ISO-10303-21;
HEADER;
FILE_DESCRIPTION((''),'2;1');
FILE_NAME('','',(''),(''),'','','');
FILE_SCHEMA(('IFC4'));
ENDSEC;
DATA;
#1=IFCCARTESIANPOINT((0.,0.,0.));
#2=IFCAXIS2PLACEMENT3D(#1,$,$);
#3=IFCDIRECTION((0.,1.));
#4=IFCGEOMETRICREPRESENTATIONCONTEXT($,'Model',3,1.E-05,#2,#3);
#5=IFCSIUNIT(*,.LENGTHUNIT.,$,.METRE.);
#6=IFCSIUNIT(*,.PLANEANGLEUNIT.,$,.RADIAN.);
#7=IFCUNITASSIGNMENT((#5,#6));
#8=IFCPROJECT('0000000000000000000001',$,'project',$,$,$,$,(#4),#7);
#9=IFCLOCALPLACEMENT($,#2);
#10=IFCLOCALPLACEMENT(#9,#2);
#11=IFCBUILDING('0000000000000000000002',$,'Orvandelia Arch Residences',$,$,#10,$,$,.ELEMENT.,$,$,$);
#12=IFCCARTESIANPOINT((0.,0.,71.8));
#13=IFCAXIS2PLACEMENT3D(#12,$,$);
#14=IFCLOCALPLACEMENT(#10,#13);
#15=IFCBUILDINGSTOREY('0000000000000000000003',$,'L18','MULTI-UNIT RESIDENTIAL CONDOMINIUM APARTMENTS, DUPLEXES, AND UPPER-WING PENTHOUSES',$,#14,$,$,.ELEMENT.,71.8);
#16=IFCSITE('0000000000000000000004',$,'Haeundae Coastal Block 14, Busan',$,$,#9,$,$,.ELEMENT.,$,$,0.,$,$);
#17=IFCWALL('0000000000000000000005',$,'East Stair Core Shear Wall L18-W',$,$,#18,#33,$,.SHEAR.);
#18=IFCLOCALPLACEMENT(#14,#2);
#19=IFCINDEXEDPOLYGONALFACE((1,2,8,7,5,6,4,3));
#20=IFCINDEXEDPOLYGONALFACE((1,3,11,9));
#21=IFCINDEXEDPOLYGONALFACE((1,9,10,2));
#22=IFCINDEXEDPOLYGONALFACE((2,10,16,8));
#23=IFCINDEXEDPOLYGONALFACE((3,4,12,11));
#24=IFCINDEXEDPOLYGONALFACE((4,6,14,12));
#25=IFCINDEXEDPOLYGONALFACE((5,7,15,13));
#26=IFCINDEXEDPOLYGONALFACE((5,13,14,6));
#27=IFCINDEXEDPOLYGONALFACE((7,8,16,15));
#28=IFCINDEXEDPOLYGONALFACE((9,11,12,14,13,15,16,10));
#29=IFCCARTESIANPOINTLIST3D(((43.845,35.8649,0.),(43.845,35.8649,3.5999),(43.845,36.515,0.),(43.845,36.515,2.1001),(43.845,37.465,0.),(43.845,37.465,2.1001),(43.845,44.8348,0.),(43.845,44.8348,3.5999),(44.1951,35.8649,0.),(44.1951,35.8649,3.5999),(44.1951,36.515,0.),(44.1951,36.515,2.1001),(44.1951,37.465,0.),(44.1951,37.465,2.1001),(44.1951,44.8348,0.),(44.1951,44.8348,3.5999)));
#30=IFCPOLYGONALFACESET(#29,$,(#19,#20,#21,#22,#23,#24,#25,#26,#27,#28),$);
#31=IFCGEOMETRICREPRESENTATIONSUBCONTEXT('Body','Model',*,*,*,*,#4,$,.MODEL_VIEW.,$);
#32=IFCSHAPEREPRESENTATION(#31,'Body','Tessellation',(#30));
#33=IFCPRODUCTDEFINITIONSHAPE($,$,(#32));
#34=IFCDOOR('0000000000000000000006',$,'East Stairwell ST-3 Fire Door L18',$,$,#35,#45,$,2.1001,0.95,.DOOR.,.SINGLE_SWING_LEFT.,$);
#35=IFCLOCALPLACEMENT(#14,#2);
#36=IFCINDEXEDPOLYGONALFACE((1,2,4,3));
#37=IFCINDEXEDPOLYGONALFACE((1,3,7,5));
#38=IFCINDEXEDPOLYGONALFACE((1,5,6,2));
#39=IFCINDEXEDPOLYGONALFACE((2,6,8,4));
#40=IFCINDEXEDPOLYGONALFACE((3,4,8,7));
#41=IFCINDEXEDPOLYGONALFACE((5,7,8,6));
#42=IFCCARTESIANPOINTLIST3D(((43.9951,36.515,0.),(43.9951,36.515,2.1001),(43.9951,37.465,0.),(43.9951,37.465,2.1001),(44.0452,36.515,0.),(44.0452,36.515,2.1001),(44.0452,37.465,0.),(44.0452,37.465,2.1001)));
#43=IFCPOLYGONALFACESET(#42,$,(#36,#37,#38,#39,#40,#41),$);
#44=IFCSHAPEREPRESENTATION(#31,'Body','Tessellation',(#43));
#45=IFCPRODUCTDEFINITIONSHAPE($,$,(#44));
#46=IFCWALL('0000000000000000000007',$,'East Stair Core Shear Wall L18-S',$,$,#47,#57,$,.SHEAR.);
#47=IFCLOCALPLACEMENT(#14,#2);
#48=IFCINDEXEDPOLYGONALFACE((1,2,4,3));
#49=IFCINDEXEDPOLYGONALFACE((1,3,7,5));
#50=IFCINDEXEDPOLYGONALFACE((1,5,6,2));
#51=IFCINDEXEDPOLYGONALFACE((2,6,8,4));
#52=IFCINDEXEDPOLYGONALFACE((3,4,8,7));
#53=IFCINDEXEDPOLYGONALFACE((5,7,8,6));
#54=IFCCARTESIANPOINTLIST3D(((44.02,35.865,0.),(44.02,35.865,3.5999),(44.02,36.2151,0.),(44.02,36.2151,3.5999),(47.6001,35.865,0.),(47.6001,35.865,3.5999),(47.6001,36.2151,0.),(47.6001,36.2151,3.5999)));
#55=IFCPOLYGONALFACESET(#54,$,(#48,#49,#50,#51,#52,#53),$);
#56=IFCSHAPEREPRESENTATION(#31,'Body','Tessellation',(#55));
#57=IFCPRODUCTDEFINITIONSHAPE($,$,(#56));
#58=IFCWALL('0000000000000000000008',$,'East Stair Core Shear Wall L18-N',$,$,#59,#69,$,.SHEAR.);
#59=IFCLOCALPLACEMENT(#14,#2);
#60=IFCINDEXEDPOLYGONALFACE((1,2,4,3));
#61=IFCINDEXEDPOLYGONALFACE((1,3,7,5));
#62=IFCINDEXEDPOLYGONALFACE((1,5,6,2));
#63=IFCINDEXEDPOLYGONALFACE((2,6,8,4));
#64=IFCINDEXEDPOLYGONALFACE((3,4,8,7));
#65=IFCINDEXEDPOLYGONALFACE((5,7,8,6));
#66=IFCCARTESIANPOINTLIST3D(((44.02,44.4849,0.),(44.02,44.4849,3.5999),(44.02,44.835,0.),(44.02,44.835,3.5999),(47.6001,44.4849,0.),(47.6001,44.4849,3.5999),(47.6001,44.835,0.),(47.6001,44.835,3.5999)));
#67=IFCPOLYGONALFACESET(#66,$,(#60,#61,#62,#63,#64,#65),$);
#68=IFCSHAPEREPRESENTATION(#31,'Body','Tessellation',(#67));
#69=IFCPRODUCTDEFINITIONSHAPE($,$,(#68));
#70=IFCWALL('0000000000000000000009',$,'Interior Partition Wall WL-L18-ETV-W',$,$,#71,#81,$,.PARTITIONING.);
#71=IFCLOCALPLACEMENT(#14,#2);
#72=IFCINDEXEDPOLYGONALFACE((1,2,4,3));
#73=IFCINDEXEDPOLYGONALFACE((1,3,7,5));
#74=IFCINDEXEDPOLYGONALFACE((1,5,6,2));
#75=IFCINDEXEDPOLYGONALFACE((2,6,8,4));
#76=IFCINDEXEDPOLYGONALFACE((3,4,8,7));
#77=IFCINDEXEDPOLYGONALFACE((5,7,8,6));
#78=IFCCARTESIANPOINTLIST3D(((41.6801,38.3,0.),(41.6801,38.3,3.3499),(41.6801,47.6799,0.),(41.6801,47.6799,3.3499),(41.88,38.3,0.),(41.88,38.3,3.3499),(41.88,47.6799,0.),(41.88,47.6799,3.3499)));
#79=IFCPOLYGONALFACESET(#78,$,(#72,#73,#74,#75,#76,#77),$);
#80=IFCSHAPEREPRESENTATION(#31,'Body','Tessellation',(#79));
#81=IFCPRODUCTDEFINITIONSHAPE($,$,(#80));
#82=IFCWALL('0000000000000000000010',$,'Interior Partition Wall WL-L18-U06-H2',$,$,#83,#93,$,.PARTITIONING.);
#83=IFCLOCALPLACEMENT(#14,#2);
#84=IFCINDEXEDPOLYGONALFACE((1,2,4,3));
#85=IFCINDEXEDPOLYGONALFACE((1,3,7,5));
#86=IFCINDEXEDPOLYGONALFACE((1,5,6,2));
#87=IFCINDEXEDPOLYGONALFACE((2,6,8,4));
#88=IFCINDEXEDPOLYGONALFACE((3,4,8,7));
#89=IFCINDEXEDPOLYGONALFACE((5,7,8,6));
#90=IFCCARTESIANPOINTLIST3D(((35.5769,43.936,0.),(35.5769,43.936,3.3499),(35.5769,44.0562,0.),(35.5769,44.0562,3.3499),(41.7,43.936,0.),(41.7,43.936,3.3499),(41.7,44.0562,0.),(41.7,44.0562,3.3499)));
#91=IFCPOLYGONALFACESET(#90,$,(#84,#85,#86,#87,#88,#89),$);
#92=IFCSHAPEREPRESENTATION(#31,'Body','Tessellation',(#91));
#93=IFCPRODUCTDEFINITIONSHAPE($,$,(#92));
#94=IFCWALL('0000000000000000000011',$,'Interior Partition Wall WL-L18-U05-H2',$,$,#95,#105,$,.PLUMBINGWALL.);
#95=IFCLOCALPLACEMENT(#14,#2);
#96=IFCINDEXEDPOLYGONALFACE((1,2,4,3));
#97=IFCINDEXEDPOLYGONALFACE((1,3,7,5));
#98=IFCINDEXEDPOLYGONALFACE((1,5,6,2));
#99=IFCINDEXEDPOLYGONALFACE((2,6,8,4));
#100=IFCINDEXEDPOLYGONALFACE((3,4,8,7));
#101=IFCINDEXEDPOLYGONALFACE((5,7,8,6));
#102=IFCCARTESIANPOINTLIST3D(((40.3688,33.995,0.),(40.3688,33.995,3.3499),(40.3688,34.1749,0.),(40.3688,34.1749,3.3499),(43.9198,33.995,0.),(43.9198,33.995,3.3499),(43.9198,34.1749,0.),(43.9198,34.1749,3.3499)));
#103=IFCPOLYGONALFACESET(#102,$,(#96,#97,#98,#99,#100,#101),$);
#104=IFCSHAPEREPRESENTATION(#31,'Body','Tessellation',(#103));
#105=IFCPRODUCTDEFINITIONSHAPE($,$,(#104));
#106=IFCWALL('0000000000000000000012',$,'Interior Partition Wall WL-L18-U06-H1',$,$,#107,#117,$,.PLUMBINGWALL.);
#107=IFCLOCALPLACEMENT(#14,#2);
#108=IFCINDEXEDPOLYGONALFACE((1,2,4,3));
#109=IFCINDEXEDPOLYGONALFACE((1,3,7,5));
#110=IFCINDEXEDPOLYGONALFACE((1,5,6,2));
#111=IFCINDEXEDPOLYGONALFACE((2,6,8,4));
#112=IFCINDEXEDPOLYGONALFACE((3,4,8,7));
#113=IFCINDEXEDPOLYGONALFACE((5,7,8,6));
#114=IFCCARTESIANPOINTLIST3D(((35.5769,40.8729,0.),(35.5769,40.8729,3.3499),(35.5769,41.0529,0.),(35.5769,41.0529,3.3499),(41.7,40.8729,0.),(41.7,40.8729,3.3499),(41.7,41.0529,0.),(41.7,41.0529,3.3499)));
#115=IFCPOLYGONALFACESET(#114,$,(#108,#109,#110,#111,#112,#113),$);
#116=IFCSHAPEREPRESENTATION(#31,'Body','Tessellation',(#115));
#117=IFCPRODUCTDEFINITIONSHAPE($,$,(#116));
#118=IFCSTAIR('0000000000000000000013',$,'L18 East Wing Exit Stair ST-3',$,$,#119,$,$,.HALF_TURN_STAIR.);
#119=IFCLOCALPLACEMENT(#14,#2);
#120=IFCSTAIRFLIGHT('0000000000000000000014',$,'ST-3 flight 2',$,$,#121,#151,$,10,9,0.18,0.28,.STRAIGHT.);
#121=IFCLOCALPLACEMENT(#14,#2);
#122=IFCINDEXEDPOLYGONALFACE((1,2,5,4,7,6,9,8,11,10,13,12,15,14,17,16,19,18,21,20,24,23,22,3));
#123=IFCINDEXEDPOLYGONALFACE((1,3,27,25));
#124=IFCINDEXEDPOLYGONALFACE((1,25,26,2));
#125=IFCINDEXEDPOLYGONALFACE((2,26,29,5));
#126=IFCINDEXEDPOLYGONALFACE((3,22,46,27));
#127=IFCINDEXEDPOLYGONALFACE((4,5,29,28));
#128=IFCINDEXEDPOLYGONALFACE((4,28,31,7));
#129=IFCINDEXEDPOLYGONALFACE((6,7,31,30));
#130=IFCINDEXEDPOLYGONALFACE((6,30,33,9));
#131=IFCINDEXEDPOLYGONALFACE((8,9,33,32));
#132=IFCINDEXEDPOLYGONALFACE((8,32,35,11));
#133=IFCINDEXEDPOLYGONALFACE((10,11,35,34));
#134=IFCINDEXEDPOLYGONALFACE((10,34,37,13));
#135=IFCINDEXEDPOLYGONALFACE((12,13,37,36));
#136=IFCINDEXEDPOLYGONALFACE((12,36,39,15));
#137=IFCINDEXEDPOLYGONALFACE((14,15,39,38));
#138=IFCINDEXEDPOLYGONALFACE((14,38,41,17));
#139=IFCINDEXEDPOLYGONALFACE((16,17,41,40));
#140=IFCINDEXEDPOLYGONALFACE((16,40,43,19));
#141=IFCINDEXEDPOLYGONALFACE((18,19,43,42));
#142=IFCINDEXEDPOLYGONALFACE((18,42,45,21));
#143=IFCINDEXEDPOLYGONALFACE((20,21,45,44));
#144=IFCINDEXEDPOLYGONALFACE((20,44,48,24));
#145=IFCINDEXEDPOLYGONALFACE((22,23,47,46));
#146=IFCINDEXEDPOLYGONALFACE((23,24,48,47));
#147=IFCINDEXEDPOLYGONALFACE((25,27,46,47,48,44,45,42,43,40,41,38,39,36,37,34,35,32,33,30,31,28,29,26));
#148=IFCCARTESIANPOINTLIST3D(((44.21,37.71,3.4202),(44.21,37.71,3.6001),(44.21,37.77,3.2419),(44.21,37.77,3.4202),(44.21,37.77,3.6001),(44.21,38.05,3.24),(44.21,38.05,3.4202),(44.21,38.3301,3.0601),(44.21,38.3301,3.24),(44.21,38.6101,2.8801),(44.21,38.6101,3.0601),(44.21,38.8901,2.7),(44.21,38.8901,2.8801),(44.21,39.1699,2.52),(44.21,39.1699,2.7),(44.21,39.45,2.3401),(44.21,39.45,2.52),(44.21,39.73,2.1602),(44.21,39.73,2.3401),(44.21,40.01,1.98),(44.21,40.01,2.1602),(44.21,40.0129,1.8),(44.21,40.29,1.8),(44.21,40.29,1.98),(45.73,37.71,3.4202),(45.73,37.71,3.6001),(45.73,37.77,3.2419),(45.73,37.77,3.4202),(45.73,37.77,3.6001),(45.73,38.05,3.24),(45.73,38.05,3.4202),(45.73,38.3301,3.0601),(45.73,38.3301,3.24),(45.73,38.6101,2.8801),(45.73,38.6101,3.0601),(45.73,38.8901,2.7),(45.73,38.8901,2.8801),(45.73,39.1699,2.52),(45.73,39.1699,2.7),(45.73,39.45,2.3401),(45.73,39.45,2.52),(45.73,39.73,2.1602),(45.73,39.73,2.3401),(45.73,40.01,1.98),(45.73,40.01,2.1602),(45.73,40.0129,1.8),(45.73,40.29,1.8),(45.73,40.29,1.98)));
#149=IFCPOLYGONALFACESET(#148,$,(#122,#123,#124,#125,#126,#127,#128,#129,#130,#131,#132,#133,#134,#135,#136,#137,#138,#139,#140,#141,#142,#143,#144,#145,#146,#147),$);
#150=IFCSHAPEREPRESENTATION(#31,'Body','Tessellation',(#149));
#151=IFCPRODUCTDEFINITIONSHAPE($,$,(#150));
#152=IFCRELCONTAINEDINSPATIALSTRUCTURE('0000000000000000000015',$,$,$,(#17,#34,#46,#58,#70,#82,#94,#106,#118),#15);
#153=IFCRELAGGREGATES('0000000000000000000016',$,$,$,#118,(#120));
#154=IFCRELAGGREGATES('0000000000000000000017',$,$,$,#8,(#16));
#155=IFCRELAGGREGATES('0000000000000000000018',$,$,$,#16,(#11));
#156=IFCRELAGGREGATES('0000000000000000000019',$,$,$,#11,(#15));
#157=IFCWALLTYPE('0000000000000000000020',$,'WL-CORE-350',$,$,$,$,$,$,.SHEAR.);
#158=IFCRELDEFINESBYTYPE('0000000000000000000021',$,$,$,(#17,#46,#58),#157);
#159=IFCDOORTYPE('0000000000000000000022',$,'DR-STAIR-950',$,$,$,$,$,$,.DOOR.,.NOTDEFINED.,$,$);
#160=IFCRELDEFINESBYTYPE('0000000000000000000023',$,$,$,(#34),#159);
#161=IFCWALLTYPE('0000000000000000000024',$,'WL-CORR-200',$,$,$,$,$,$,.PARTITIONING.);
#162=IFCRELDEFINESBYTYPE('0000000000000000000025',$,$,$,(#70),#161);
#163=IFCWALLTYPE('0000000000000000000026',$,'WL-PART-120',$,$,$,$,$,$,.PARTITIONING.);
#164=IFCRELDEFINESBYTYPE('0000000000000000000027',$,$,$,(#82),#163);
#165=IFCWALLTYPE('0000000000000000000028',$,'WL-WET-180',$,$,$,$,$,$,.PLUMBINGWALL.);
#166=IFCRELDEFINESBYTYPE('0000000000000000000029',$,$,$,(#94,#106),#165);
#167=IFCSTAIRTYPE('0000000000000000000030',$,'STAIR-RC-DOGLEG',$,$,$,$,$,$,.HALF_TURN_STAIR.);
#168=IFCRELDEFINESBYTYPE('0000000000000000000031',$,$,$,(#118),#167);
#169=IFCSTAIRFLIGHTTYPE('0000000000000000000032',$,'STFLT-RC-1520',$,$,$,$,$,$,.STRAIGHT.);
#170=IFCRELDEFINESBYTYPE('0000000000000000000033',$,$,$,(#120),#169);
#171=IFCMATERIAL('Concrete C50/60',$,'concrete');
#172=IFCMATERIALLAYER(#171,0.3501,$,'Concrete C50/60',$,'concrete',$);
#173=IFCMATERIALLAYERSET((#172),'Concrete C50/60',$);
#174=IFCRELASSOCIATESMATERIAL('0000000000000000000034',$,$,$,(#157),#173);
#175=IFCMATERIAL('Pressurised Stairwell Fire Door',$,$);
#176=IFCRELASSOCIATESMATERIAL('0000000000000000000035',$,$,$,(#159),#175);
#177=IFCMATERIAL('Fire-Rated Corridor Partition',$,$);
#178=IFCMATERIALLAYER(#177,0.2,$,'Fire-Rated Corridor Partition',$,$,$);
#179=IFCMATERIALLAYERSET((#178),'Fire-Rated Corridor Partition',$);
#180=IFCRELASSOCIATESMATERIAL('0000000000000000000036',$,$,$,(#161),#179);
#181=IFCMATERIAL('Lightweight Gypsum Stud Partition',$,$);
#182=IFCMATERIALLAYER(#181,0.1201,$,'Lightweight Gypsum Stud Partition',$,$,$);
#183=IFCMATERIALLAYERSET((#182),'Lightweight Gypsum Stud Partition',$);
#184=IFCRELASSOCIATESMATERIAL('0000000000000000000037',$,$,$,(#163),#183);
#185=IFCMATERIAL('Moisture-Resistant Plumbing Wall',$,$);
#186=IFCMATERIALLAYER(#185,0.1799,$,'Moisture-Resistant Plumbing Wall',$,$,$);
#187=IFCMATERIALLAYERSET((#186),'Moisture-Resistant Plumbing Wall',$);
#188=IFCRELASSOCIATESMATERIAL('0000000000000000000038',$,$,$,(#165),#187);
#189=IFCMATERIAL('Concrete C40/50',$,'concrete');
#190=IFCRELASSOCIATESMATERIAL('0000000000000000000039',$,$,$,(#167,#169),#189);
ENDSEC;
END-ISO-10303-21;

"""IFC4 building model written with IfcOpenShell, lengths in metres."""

from ifc_helpers import new_model, si_unit, direction, frame, frame_2d, origin, place, context, subcontext, project, spatial, polyline, rectangle, outline, extrude, material, layer, layer_set, type_object, element, fill, aggregate, save


model = new_model("IFC4")

# Units and contexts
model_context = context("Model", 3, precision=1e-05, world=origin(), true_north=direction((0.0, 1.0)))
body_context = subcontext(model_context, "Body", "Model", "MODEL_VIEW")
ifc_project = project(units=[si_unit("LENGTHUNIT", "METRE"), si_unit("PLANEANGLEUNIT", "RADIAN")], contexts=[model_context])

# Site, building, storey
site_placement = place(None, origin())
site = spatial("IfcSite", under=ifc_project, at=site_placement, Name="Haeundae Coastal Block 14, Busan", CompositionType="ELEMENT", RefElevation=0.0)
building_placement = place(site_placement, origin())
building = spatial("IfcBuilding", under=site, at=building_placement, Name="Orvandelia Arch Residences", CompositionType="ELEMENT")
storey_placement = place(building_placement, frame((0.0, 0.0, 71.8)))
storey = spatial("IfcBuildingStorey", under=building, at=storey_placement, Name="L18", Description="MULTI-UNIT RESIDENTIAL CONDOMINIUM APARTMENTS, DUPLEXES, AND UPPER-WING PENTHOUSES", CompositionType="ELEMENT", Elevation=71.8)

# Wall, opening, door
ifc_material_1 = material(Name="Concrete C50/60", Category="concrete")
ifc_layer_1 = layer(ifc_material_1, 0.3501, Name="Concrete C50/60", Category="concrete")
ifc_layer_set_1 = layer_set([ifc_layer_1], Name="Concrete C50/60")
wall_type_1 = type_object("IfcWallType", Name="WL-CORE-350", PredefinedType="SHEAR", material=ifc_layer_set_1)
wall_1_placement = place(storey_placement, frame((44.02, 35.865, 0.0), z_axis=(0.0, 0.0, 1.0), x_axis=(0.0, 1.0, 0.0)))
wall_1 = element("IfcWall", 1, at=wall_1_placement, inside=storey, type_object=wall_type_1, Name="East Stair Core Shear Wall L18-W", PredefinedType="SHEAR", context=body_context, shape_type="SweptSolid", body=[
    extrude(rectangle(XDim=8.97, YDim=0.3501, at=frame_2d((4.4849, 0.0))), origin(), (0.0, 0.0, 1.0), 3.5999),
])
opening_1_placement = place(wall_1_placement, frame((0.6499, 0.0, 0.0)))
opening_1 = element("IfcOpeningElement", 2, at=opening_1_placement, cuts=wall_1, PredefinedType="OPENING", context=body_context, shape_type="SweptSolid", body=[
    extrude(rectangle(XDim=0.95, YDim=2.1001, at=frame_2d((0.4751, 1.05))), frame((0.0, 0.1851, 0.0), z_axis=(0.0, -1.0, 0.0), x_axis=(1.0, 0.0, 0.0)), (0.0, 0.0, 1.0), 0.3701),
])
ifc_material_2 = material(Name="Pressurised Stairwell Fire Door")
door_type_1 = type_object("IfcDoorType", Name="DR-STAIR-950", OperationType="NOTDEFINED", PredefinedType="DOOR", material=ifc_material_2)
door_1_placement = place(opening_1_placement, origin())
door_1 = element("IfcDoor", 3, at=door_1_placement, inside=storey, type_object=door_type_1, Name="East Stairwell ST-3 Fire Door L18", OperationType="SINGLE_SWING_LEFT", OverallHeight=2.1001, OverallWidth=0.95, PredefinedType="DOOR", context=body_context, shape_type="SweptSolid", body=[
    extrude(rectangle(XDim=0.95, YDim=2.1001, at=frame_2d((0.4751, 1.05))), frame((0.0, 0.0249, 0.0), z_axis=(0.0, -1.0, 0.0), x_axis=(1.0, 0.0, 0.0)), (0.0, 0.0, 1.0), 0.05),
])
fill(opening_1, door_1)

# Walls
for number, where, z_axis, x_axis, name in (
    (4, (44.02, 36.04, 0.0), (0.0, 0.0, 1.0), (1.0, 0.0, 0.0), "East Stair Core Shear Wall L18-S"),
    (5, (44.02, 44.6599, 0.0), (0.0, 0.0, 1.0), (1.0, 0.0, 0.0), "East Stair Core Shear Wall L18-N"),
):
    element("IfcWall", number, at=place(storey_placement, frame(where, z_axis=z_axis, x_axis=x_axis)), inside=storey, type_object=wall_type_1, Name=name, PredefinedType="SHEAR", context=body_context, shape_type="SweptSolid", body=[
        extrude(rectangle(XDim=3.5801, YDim=0.3501, at=frame_2d((1.79, 0.0))), origin(), (0.0, 0.0, 1.0), 3.5999),
    ])
ifc_material_3 = material(Name="Fire-Rated Corridor Partition")
ifc_layer_2 = layer(ifc_material_3, 0.2, Name="Fire-Rated Corridor Partition")
ifc_layer_set_2 = layer_set([ifc_layer_2], Name="Fire-Rated Corridor Partition")
wall_type_2 = type_object("IfcWallType", Name="WL-CORR-200", PredefinedType="PARTITIONING", material=ifc_layer_set_2)
wall_2_placement = place(storey_placement, frame((41.78, 38.3, 0.0), z_axis=(0.0, 0.0, 1.0), x_axis=(0.0, 1.0, 0.0)))
element("IfcWall", 6, at=wall_2_placement, inside=storey, type_object=wall_type_2, Name="Interior Partition Wall WL-L18-ETV-W", PredefinedType="PARTITIONING", context=body_context, shape_type="SweptSolid", body=[
    extrude(rectangle(XDim=9.3799, YDim=0.2, at=frame_2d((4.6899, 0.0))), origin(), (0.0, 0.0, 1.0), 3.3499),
])
ifc_material_4 = material(Name="Lightweight Gypsum Stud Partition")
ifc_layer_3 = layer(ifc_material_4, 0.1201, Name="Lightweight Gypsum Stud Partition")
ifc_layer_set_3 = layer_set([ifc_layer_3], Name="Lightweight Gypsum Stud Partition")
wall_type_3 = type_object("IfcWallType", Name="WL-PART-120", PredefinedType="PARTITIONING", material=ifc_layer_set_3)
wall_3_placement = place(storey_placement, frame((35.5769, 43.9961, 0.0), z_axis=(0.0, 0.0, 1.0), x_axis=(1.0, 0.0, 0.0)))
element("IfcWall", 7, at=wall_3_placement, inside=storey, type_object=wall_type_3, Name="Interior Partition Wall WL-L18-U06-H2", PredefinedType="PARTITIONING", context=body_context, shape_type="SweptSolid", body=[
    extrude(rectangle(XDim=6.123, YDim=0.1201, at=frame_2d((3.0615, 0.0))), origin(), (0.0, 0.0, 1.0), 3.3499),
])
ifc_material_5 = material(Name="Moisture-Resistant Plumbing Wall")
ifc_layer_4 = layer(ifc_material_5, 0.1799, Name="Moisture-Resistant Plumbing Wall")
ifc_layer_set_4 = layer_set([ifc_layer_4], Name="Moisture-Resistant Plumbing Wall")
wall_type_4 = type_object("IfcWallType", Name="WL-WET-180", PredefinedType="PLUMBINGWALL", material=ifc_layer_set_4)
wall_4_placement = place(storey_placement, frame((40.3689, 34.085, 0.0), z_axis=(0.0, 0.0, 1.0), x_axis=(1.0, 0.0, 0.0)))
element("IfcWall", 8, at=wall_4_placement, inside=storey, type_object=wall_type_4, Name="Interior Partition Wall WL-L18-U05-H2", PredefinedType="PLUMBINGWALL", context=body_context, shape_type="SweptSolid", body=[
    extrude(rectangle(XDim=3.551, YDim=0.1799, at=frame_2d((1.7754, 0.0))), origin(), (0.0, 0.0, 1.0), 3.3499),
])

# Wall
wall_5_placement = place(storey_placement, frame((35.5769, 40.9629, 0.0), z_axis=(0.0, 0.0, 1.0), x_axis=(1.0, 0.0, 0.0)))
element("IfcWall", 9, at=wall_5_placement, inside=storey, type_object=wall_type_4, Name="Interior Partition Wall WL-L18-U06-H1", PredefinedType="PLUMBINGWALL", context=body_context, shape_type="SweptSolid", body=[
    extrude(rectangle(XDim=6.123, YDim=0.1799, at=frame_2d((3.0615, 0.0))), origin(), (0.0, 0.0, 1.0), 3.3499),
])

# Stair, stair flight
ifc_material_6 = material(Name="Concrete C40/50", Category="concrete")
stair_type = type_object("IfcStairType", Name="STAIR-RC-DOGLEG", PredefinedType="HALF_TURN_STAIR", material=ifc_material_6)
stair_placement = place(storey_placement, origin())
stair = element("IfcStair", 10, at=stair_placement, inside=storey, type_object=stair_type, Name="L18 East Wing Exit Stair ST-3", PredefinedType="HALF_TURN_STAIR")
stair_flight_type = type_object("IfcStairFlightType", Name="STFLT-RC-1520", PredefinedType="STRAIGHT", material=ifc_material_6)
stair_flight_placement = place(storey_placement, frame((44.97, 40.29, 1.8), z_axis=(0.0, 0.0, 1.0), x_axis=(0.0, -1.0, 0.0)))
stair_flight = element("IfcStairFlight", 11, at=stair_flight_placement, type_object=stair_flight_type, Name="ST-3 flight 2", NumberOfRisers=10, NumberOfTreads=9, PredefinedType="STRAIGHT", RiserHeight=0.18, TreadLength=0.28, context=body_context, shape_type="SweptSolid", body=[
    extrude(outline(polyline([(0.0, 0.0), (0.0, 0.1799), (0.28, 0.1799), (0.28, 0.3601), (0.5601, 0.3601), (0.5601, 0.54), (0.8401, 0.54), (0.8401, 0.72), (1.1201, 0.72), (1.1201, 0.8999), (1.3999, 0.8999), (1.3999, 1.0801), (1.6799, 1.0801), (1.6799, 1.26), (1.96, 1.26), (1.96, 1.4399), (2.24, 1.4399), (2.24, 1.6201), (2.52, 1.6201), (2.52, 1.8), (2.5801, 1.8), (2.5801, 1.6201), (2.52, 1.4419), (0.2771, 0.0), (0.0, 0.0)])), frame((0.0, 0.76, 0.0), z_axis=(0.0, -1.0, 0.0), x_axis=(1.0, 0.0, 0.0)), (0.0, 0.0, 1.0), 1.52),
])
aggregate(stair, [stair_flight])

save(model, "model.ifc")
